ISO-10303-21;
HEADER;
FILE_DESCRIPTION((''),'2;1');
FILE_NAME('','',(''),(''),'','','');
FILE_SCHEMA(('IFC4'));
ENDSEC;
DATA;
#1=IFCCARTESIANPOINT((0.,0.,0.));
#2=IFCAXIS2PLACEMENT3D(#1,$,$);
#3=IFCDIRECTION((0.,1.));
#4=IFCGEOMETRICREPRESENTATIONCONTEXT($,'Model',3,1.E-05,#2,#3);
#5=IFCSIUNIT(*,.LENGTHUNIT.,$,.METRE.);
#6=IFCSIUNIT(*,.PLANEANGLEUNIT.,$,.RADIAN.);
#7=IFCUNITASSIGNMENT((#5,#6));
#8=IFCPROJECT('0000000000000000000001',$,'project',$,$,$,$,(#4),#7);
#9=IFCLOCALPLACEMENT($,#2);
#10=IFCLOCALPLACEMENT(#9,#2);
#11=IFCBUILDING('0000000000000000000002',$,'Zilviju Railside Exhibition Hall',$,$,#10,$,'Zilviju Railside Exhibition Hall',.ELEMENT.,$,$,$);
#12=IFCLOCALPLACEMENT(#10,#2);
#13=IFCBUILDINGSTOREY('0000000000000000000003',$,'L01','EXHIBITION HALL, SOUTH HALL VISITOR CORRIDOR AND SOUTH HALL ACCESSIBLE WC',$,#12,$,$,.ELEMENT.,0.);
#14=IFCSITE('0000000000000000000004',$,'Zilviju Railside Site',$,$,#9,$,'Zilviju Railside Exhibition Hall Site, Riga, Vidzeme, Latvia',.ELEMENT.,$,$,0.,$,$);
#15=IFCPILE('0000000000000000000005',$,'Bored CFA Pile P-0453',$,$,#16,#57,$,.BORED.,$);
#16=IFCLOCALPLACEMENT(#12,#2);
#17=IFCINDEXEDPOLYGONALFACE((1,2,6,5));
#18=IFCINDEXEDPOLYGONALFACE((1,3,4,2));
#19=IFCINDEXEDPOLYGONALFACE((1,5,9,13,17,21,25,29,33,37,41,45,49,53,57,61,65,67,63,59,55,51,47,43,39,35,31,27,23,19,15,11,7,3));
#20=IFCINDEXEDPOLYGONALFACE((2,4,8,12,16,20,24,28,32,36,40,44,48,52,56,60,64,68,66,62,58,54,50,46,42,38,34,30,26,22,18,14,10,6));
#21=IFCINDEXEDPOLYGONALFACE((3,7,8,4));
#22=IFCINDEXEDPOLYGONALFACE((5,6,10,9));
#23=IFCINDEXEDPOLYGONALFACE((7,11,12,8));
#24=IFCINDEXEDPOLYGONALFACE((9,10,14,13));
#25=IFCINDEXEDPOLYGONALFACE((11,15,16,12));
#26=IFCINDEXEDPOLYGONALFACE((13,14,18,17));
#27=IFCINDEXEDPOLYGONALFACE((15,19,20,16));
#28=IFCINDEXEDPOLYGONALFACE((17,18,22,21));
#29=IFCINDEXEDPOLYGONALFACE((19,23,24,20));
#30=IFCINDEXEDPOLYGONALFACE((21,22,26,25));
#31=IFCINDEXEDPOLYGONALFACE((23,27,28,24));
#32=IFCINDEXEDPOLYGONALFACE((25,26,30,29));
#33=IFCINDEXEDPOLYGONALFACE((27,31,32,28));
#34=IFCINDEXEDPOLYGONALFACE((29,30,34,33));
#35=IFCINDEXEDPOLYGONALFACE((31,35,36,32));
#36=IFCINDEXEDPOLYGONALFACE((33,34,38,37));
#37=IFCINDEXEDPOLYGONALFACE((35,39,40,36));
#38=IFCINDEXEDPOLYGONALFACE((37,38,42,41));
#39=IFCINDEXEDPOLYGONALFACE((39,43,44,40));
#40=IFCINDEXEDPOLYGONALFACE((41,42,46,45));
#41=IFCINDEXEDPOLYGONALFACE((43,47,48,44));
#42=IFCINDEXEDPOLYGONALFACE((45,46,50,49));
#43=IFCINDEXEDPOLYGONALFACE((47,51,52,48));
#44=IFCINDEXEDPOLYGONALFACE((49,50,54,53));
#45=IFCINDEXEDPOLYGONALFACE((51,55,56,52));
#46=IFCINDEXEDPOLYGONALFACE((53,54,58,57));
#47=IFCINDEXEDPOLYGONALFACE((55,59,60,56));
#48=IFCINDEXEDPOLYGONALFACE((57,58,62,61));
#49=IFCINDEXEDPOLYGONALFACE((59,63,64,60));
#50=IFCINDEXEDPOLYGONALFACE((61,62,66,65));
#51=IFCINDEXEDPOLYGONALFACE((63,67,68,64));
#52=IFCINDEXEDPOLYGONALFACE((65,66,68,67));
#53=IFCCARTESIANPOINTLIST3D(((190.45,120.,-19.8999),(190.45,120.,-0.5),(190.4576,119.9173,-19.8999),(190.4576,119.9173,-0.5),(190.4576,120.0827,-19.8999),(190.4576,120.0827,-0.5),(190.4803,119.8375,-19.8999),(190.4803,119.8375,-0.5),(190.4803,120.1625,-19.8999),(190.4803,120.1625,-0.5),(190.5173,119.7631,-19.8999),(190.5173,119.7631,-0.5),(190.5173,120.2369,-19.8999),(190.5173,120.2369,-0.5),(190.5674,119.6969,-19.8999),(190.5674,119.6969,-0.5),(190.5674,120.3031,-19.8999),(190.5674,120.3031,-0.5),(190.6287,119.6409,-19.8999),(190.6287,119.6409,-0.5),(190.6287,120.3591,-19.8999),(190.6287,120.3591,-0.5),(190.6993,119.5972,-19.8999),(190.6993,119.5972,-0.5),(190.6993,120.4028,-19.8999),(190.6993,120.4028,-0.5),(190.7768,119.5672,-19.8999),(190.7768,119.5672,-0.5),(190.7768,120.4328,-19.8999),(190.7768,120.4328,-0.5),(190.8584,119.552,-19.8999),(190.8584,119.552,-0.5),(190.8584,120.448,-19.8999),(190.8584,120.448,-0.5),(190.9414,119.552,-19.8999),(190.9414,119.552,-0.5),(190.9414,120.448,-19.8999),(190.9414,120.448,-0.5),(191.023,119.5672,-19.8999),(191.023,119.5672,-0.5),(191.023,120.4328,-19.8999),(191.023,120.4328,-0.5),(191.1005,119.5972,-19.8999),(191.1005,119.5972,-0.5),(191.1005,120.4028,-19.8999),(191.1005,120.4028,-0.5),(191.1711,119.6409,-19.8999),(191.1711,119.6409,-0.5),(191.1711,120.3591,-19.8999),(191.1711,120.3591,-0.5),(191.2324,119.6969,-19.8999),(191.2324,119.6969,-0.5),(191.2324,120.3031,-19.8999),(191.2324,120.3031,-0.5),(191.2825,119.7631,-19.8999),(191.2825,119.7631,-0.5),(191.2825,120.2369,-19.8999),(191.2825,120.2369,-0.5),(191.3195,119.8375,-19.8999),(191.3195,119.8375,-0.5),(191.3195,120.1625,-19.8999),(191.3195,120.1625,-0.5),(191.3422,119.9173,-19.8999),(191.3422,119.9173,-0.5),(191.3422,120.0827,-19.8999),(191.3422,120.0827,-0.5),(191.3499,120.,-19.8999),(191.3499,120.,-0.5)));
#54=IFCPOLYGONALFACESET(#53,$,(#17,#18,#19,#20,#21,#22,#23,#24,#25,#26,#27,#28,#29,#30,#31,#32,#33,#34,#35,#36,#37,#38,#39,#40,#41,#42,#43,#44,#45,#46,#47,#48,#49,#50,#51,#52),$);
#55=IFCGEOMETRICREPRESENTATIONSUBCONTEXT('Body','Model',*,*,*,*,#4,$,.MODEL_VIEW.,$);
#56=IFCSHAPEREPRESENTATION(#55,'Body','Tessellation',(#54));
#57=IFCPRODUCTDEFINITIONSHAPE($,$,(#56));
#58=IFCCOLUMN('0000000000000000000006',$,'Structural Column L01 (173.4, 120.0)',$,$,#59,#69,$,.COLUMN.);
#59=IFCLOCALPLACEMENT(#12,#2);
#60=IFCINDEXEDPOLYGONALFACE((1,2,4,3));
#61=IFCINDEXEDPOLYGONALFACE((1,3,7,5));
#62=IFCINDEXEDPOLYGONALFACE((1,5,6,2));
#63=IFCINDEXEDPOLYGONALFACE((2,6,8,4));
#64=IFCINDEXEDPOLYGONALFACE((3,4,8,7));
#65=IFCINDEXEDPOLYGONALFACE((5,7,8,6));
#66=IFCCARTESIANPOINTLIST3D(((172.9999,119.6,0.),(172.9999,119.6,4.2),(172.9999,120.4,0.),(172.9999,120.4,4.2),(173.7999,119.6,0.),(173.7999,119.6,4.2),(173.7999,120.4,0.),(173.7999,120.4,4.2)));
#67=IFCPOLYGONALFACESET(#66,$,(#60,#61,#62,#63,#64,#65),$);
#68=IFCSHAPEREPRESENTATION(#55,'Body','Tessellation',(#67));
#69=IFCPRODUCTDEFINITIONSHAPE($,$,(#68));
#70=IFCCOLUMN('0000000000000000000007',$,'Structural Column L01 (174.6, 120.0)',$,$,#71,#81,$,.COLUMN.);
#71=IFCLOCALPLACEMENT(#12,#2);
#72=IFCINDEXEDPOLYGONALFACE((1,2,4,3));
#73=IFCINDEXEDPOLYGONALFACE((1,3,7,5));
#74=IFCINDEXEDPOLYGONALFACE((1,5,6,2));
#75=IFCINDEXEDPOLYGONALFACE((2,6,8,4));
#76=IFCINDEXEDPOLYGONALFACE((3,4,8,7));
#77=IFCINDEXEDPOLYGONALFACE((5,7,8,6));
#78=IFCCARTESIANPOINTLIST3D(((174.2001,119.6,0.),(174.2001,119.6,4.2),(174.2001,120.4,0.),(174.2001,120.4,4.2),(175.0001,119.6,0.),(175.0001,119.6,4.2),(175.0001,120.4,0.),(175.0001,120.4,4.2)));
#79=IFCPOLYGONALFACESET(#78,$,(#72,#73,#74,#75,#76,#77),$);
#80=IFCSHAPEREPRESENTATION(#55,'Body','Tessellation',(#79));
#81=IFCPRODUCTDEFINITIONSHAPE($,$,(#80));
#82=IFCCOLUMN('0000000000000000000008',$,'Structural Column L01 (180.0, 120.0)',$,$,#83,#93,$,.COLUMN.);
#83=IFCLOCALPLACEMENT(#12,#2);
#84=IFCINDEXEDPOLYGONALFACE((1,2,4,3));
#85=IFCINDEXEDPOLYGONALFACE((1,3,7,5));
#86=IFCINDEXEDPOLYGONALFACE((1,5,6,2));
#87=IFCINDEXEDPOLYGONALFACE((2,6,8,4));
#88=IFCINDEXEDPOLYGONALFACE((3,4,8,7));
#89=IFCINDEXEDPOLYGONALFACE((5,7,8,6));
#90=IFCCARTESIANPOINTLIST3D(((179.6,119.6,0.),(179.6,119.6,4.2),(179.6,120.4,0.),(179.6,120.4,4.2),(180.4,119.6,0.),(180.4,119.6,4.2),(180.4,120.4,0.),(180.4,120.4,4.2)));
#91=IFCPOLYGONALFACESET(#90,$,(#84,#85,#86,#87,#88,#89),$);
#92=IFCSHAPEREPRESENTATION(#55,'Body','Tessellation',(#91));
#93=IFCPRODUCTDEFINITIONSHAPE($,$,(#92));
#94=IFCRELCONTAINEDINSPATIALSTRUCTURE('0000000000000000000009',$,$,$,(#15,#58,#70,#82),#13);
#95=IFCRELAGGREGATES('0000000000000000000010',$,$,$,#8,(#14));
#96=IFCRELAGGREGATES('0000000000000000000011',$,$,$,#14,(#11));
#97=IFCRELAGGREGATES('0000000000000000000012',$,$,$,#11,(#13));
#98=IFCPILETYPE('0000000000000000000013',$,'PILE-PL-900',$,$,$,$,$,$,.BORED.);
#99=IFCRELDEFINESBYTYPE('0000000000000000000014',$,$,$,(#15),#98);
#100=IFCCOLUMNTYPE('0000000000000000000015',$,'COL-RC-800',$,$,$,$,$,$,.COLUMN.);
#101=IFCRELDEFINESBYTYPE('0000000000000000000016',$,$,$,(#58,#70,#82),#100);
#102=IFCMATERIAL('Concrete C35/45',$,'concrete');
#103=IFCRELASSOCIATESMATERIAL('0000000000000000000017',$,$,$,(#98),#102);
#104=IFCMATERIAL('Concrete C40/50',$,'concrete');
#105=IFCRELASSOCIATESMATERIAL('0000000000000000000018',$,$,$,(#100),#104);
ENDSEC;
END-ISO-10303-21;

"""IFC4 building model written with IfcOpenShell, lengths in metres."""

from ifc_helpers import new_model, si_unit, direction, frame, origin, origin_2d, place, context, subcontext, project, spatial, rectangle, circle, extrude, material, material_profile, profile_set, type_object, element, save


model = new_model("IFC4")

# Units and contexts
model_context = context("Model", 3, precision=1e-05, world=origin(), true_north=direction((0.0, 1.0)))
body_context = subcontext(model_context, "Body", "Model", "MODEL_VIEW")
ifc_project = project(units=[si_unit("LENGTHUNIT", "METRE"), si_unit("PLANEANGLEUNIT", "RADIAN")], contexts=[model_context])

# Site, building, storey
site_placement = place(None, origin())
site = spatial("IfcSite", under=ifc_project, at=site_placement, Name="Zilviju Railside Site", LongName="Zilviju Railside Exhibition Hall Site, Riga, Vidzeme, Latvia", CompositionType="ELEMENT", RefElevation=0.0)
building_placement = place(site_placement, origin())
building = spatial("IfcBuilding", under=site, at=building_placement, Name="Zilviju Railside Exhibition Hall", LongName="Zilviju Railside Exhibition Hall", CompositionType="ELEMENT")
storey_placement = place(building_placement, origin())
storey = spatial("IfcBuildingStorey", under=building, at=storey_placement, Name="L01", Description="EXHIBITION HALL, SOUTH HALL VISITOR CORRIDOR AND SOUTH HALL ACCESSIBLE WC", CompositionType="ELEMENT", Elevation=0.0)

# Shared definitions
ifc_material_1 = material(Name="Concrete C35/45", Category="concrete")

# Pile
ifc_material_profile_1 = material_profile(ifc_material_1, circle(Radius=0.45, at=origin_2d()), Name="CFA PILE D900")
ifc_profile_set_1 = profile_set([ifc_material_profile_1], Name="Concrete C35/45")
pile_type_1 = type_object("IfcPileType", Name="PILE-PL-900", PredefinedType="BORED", material=ifc_profile_set_1)
for number, where, z_axis, x_axis, name in (
    (1, (190.8999, 120.0, -0.5), (0.0, 0.0, -1.0), (1.0, 0.0, 0.0), "Bored CFA Pile P-0453"),
):
    element("IfcPile", number, at=place(storey_placement, frame(where, z_axis=z_axis, x_axis=x_axis)), inside=storey, type_object=pile_type_1, Name=name, PredefinedType="BORED", context=body_context, shape_type="SweptSolid", body=[
        extrude(circle(Radius=0.45, at=origin_2d()), origin(), (0.0, 0.0, 1.0), 19.3999),
    ])

# Columns
ifc_material_2 = material(Name="Concrete C40/50", Category="concrete")
ifc_material_profile_2 = material_profile(ifc_material_2, rectangle(XDim=0.8, YDim=0.8, at=origin_2d()), Name="RC COL 800x800")
ifc_profile_set_2 = profile_set([ifc_material_profile_2], Name="Concrete C40/50")
column_type = type_object("IfcColumnType", Name="COL-RC-800", PredefinedType="COLUMN", material=ifc_profile_set_2)
for number, where, z_axis, x_axis, name in (
    (2, (173.3999, 120.0, 0.0), (0.0, 0.0, 1.0), (1.0, 0.0, 0.0), "Structural Column L01 (173.4, 120.0)"),
    (3, (174.6001, 120.0, 0.0), (0.0, 0.0, 1.0), (1.0, 0.0, 0.0), "Structural Column L01 (174.6, 120.0)"),
    (4, (180.0, 120.0, 0.0), (0.0, 0.0, 1.0), (1.0, 0.0, 0.0), "Structural Column L01 (180.0, 120.0)"),
):
    element("IfcColumn", number, at=place(storey_placement, frame(where, z_axis=z_axis, x_axis=x_axis)), inside=storey, type_object=column_type, Name=name, PredefinedType="COLUMN", context=body_context, shape_type="SweptSolid", body=[
        extrude(rectangle(XDim=0.8, YDim=0.8, at=origin_2d()), origin(), (0.0, 0.0, 1.0), 4.2),
    ])

save(model, "model.ifc")
